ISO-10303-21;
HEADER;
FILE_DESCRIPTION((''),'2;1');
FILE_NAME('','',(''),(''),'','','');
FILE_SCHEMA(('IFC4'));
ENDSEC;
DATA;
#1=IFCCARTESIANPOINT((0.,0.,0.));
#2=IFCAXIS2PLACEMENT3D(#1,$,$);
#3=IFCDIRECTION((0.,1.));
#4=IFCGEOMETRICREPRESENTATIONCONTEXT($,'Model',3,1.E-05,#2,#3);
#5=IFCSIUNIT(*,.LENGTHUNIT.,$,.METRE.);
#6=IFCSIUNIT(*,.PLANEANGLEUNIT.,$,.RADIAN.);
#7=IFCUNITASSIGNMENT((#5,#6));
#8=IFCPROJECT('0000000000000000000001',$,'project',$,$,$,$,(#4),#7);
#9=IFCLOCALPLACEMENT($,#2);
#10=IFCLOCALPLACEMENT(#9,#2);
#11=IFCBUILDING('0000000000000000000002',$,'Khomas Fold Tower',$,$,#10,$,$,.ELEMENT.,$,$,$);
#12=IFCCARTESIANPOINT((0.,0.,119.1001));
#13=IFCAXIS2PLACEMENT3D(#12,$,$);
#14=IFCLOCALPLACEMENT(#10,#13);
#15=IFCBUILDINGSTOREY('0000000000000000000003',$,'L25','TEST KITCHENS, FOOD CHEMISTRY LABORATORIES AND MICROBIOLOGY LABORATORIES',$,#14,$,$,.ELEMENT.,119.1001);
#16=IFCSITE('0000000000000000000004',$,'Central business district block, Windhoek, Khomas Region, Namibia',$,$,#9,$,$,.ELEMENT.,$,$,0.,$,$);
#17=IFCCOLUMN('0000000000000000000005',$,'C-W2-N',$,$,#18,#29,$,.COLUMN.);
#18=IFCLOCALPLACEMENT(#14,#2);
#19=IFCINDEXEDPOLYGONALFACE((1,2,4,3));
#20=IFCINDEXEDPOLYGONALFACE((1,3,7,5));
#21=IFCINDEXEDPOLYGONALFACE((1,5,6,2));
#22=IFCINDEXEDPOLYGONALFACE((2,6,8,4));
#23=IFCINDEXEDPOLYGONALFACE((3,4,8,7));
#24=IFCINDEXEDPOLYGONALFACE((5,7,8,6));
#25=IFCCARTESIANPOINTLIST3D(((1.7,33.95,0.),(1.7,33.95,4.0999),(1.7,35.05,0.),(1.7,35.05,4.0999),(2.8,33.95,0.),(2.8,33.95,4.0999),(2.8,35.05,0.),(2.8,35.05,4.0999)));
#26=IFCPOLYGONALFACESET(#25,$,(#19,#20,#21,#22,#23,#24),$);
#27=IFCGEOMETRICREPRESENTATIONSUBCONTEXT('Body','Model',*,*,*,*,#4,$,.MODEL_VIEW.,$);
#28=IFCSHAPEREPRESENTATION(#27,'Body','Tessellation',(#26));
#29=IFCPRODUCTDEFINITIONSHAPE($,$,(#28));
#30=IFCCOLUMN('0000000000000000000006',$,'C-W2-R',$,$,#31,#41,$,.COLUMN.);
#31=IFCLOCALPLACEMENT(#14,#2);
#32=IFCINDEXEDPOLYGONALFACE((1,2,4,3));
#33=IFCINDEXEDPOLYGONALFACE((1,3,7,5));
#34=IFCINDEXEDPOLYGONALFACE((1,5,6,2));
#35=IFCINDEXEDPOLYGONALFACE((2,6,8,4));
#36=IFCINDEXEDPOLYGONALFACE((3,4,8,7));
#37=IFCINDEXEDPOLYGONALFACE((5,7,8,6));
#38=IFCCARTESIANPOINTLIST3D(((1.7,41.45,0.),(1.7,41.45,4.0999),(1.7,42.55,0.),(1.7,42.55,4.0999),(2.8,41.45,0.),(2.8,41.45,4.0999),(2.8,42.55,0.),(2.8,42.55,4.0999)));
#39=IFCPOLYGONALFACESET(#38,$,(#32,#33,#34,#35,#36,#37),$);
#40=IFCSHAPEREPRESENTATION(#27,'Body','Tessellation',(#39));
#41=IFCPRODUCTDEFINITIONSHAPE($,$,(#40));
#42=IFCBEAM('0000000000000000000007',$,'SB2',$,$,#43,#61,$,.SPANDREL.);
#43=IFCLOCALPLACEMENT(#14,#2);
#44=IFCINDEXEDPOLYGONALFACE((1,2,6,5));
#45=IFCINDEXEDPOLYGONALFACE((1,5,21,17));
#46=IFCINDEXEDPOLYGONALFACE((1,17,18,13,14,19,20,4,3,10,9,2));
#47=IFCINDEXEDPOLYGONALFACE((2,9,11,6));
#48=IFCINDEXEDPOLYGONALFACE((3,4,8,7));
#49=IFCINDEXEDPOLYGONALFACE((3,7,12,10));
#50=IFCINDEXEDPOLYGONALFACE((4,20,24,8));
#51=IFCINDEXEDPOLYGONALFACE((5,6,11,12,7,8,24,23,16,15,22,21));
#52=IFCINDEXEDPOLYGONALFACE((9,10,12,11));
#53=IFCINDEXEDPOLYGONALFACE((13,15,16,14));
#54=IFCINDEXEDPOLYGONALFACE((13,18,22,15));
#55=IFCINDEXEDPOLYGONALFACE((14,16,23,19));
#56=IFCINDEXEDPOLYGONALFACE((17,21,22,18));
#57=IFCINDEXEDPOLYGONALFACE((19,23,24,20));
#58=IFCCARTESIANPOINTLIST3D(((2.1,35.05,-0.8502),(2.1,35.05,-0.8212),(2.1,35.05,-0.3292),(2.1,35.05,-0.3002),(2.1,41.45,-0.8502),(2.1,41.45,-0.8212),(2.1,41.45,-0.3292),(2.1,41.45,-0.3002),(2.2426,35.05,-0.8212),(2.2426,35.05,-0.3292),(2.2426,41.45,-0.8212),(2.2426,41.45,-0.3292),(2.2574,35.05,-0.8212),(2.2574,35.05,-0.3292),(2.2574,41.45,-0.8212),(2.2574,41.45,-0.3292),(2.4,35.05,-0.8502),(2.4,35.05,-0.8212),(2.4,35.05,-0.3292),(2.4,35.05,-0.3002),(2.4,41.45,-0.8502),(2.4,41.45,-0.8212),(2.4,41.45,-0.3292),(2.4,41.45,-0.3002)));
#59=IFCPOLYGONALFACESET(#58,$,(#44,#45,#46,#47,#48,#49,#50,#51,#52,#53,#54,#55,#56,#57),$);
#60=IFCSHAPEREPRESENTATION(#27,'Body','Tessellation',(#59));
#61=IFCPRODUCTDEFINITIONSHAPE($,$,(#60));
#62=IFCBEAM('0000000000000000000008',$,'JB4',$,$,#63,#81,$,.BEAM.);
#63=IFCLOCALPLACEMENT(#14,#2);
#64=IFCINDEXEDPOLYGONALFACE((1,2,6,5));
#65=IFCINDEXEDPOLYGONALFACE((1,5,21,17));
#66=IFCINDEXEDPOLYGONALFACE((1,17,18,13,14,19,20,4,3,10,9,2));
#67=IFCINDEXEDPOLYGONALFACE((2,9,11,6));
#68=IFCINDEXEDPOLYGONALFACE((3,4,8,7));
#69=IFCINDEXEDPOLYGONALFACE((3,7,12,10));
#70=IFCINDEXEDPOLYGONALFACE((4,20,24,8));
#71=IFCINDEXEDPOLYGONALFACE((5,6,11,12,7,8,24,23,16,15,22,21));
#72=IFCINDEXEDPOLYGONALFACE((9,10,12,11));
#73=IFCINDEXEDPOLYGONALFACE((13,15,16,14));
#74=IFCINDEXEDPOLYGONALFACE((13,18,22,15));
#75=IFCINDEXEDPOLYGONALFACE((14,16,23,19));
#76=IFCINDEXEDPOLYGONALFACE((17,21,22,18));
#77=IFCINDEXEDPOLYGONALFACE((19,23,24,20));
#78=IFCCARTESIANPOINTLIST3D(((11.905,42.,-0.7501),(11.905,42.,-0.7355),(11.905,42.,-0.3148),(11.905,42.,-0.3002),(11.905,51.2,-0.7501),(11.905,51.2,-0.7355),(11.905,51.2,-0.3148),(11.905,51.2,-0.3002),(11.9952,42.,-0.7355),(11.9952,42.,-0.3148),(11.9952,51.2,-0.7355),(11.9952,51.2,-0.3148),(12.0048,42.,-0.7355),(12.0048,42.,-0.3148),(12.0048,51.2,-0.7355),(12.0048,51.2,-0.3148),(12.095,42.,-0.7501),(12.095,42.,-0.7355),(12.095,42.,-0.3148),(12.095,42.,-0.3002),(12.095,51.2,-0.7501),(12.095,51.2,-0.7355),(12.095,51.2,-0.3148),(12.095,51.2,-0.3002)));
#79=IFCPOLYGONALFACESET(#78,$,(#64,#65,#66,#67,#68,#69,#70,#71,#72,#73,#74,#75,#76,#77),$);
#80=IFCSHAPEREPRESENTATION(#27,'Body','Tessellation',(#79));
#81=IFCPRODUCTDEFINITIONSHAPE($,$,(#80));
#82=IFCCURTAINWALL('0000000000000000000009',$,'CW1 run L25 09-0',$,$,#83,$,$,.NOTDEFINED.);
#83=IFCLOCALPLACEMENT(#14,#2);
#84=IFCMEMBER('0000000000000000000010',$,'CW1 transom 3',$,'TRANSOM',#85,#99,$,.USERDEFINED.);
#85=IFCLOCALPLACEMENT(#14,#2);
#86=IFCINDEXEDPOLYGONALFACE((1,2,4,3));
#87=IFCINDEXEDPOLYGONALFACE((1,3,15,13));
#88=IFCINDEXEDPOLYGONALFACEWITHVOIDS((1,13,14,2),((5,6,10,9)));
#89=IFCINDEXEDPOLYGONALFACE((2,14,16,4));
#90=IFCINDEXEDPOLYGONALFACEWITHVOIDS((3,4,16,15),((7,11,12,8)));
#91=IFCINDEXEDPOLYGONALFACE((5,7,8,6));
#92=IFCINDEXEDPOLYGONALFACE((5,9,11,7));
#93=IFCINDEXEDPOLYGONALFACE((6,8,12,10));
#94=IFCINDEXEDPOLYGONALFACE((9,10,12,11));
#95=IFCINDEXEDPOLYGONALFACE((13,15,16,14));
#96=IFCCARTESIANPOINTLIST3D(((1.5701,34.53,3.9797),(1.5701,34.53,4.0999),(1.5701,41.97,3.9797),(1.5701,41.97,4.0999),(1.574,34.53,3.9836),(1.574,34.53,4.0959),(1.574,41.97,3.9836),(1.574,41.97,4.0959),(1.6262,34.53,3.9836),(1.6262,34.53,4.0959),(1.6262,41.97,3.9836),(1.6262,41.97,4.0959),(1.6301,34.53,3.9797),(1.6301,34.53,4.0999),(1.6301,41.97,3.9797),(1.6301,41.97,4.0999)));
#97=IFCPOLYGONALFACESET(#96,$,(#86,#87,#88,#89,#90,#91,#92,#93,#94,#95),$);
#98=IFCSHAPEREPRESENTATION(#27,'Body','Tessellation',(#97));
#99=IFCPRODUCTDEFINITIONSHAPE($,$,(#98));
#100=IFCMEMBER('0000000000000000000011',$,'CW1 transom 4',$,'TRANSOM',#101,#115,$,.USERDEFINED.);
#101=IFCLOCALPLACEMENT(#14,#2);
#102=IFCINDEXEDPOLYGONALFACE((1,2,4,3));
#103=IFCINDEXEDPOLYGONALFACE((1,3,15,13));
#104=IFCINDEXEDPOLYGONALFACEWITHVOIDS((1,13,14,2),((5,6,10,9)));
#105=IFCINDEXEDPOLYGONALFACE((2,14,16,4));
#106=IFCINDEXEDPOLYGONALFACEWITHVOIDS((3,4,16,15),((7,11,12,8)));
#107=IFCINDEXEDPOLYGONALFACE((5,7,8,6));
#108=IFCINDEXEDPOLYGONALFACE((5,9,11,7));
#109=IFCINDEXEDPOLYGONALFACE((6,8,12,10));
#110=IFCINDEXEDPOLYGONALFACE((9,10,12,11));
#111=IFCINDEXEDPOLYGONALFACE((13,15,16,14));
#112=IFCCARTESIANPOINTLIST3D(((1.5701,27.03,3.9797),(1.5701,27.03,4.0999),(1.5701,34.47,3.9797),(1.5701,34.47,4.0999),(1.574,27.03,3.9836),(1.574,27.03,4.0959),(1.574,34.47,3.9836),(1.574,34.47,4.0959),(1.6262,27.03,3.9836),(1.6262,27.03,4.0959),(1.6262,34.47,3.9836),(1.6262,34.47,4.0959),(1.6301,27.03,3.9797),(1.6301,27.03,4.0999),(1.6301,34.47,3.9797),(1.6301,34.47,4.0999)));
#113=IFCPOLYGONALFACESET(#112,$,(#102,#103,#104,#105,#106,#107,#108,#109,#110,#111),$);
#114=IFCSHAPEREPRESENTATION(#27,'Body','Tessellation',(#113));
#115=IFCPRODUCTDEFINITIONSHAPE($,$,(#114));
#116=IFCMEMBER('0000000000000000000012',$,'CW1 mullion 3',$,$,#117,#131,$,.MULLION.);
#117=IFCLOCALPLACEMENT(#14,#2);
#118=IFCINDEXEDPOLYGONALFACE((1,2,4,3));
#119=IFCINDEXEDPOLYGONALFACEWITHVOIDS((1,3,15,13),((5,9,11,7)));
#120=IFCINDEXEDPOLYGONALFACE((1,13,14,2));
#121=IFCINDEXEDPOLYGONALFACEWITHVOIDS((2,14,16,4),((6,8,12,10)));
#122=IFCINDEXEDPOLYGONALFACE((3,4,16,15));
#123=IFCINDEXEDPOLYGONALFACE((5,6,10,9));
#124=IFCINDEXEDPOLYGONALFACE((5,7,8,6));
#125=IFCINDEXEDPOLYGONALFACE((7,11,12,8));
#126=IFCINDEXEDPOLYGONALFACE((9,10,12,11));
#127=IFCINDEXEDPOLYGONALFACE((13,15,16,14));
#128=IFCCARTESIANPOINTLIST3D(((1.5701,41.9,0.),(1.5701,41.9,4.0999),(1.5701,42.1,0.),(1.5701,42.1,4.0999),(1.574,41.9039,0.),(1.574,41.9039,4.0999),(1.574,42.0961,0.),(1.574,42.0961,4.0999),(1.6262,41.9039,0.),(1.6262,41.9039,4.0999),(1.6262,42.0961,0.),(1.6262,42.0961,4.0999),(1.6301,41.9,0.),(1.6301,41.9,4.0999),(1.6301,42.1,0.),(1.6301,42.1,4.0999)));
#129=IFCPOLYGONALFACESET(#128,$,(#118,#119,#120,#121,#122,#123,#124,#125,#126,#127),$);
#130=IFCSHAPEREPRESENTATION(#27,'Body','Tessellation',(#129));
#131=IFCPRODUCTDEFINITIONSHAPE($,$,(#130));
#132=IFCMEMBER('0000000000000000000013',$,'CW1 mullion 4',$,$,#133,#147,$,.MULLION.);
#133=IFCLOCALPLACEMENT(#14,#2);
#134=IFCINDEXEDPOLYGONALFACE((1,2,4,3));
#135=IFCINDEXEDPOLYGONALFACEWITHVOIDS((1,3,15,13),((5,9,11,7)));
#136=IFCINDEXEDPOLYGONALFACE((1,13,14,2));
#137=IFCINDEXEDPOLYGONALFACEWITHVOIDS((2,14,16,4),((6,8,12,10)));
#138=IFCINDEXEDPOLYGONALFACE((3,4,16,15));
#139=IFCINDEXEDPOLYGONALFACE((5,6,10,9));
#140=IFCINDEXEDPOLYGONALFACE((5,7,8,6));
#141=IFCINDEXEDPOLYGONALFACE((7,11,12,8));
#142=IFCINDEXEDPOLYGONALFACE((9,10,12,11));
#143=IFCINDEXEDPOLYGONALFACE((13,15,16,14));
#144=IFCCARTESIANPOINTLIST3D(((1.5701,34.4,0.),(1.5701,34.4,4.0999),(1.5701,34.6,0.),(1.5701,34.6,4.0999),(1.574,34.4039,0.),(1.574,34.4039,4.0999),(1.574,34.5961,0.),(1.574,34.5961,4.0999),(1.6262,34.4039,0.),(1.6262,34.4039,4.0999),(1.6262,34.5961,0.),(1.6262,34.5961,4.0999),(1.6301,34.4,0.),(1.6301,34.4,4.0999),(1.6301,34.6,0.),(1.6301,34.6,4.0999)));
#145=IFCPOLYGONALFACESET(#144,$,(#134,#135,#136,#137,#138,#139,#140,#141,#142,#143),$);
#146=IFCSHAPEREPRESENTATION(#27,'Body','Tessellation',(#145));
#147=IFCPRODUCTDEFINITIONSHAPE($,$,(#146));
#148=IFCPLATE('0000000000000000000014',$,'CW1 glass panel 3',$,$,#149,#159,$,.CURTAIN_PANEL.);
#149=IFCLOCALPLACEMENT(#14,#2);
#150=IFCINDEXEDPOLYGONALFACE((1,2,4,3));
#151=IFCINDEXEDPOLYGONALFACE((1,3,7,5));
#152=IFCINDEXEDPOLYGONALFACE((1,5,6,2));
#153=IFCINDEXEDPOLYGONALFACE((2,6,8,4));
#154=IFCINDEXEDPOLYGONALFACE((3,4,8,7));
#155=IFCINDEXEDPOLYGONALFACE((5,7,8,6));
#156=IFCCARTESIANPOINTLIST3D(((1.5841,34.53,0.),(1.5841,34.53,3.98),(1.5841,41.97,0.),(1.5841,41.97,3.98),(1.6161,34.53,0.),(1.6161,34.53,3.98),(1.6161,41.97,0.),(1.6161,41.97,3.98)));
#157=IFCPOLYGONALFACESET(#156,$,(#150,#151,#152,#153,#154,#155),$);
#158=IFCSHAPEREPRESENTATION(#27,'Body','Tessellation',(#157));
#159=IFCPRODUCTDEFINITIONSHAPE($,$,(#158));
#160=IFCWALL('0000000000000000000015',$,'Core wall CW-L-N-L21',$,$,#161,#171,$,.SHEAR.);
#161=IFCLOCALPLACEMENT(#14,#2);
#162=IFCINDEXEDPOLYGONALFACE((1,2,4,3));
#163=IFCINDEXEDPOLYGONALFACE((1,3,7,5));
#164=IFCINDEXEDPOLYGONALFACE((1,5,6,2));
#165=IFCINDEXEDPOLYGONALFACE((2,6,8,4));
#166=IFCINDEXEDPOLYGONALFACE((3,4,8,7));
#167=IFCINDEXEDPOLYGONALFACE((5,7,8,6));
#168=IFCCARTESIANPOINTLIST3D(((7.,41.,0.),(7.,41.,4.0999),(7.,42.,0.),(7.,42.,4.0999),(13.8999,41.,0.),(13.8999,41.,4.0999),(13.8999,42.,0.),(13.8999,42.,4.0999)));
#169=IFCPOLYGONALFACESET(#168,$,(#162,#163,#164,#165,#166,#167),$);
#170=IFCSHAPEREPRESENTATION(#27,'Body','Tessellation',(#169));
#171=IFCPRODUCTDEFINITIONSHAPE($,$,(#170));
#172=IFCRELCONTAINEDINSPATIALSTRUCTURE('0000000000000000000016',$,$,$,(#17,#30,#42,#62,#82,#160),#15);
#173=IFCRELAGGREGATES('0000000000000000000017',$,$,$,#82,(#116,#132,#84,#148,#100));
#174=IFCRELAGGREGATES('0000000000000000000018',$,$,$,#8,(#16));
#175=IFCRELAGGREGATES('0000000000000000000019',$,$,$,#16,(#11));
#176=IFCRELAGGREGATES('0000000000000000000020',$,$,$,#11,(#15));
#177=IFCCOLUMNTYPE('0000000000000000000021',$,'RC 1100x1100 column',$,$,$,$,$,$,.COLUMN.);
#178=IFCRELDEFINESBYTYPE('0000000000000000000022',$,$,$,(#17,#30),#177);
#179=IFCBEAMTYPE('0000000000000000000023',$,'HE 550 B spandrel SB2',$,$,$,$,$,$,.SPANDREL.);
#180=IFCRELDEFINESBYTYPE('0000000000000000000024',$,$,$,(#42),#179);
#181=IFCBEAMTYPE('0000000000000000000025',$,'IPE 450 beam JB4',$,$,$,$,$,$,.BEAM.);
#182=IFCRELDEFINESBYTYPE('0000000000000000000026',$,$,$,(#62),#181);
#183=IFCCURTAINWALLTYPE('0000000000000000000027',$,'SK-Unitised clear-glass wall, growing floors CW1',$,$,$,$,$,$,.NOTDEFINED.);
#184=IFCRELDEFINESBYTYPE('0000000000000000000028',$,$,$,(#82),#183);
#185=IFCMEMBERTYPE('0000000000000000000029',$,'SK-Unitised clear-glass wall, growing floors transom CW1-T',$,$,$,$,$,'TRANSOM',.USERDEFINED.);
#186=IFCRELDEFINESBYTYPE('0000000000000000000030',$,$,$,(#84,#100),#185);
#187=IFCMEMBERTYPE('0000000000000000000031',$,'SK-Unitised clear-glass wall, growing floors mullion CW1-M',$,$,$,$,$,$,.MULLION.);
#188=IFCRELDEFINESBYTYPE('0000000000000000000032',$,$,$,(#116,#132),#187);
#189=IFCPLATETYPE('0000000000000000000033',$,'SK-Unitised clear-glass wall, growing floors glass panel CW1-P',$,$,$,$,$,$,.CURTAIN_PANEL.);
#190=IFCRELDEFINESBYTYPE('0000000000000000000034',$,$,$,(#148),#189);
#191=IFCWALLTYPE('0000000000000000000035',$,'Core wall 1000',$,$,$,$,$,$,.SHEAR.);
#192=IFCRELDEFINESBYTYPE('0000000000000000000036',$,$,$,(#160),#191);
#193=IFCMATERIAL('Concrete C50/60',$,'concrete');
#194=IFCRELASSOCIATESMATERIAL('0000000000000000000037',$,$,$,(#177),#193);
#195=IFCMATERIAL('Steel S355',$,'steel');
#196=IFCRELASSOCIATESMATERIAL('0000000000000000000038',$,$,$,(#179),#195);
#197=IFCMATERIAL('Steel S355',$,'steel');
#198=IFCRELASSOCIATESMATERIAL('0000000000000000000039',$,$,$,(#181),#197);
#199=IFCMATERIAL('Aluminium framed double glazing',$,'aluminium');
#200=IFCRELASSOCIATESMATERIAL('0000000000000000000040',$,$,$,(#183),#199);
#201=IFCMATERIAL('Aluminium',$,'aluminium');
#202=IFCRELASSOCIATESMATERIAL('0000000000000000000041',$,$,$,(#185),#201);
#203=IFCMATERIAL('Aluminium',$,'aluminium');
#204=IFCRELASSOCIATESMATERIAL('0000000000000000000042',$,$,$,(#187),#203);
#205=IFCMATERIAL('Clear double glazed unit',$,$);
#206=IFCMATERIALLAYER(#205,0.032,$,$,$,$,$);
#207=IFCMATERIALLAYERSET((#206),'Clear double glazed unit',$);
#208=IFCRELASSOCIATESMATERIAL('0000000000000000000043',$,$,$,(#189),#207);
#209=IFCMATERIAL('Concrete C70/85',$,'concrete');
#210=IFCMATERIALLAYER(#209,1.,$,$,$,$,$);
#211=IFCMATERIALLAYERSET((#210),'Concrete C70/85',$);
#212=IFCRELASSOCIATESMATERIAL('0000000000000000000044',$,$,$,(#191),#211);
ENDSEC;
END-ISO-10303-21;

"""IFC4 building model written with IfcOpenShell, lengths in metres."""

from ifc_helpers import new_model, si_unit, direction, frame, frame_2d, origin, origin_2d, place, context, subcontext, project, spatial, rectangle, hollow_rectangle, i_section, extrude, source, transform, mapped, material, layer, layer_set, material_profile, profile_set, type_object, element, aggregate, save


model = new_model("IFC4")

# Units and contexts
model_context = context("Model", 3, precision=1e-05, world=origin(), true_north=direction((0.0, 1.0)))
body_context = subcontext(model_context, "Body", "Model", "MODEL_VIEW")
ifc_project = project(units=[si_unit("LENGTHUNIT", "METRE"), si_unit("PLANEANGLEUNIT", "RADIAN")], contexts=[model_context])

# Site, building, storey
site_placement = place(None, origin())
site = spatial("IfcSite", under=ifc_project, at=site_placement, Name="Central business district block, Windhoek, Khomas Region, Namibia", CompositionType="ELEMENT", RefElevation=0.0)
building_placement = place(site_placement, origin())
building = spatial("IfcBuilding", under=site, at=building_placement, Name="Khomas Fold Tower", CompositionType="ELEMENT")
storey_placement = place(building_placement, frame((0.0, 0.0, 119.1001)))
storey = spatial("IfcBuildingStorey", under=building, at=storey_placement, Name="L25", Description="TEST KITCHENS, FOOD CHEMISTRY LABORATORIES AND MICROBIOLOGY LABORATORIES", CompositionType="ELEMENT", Elevation=119.1001)

# Columns
ifc_material_1 = material(Name="Concrete C50/60", Category="concrete")
ifc_material_profile_1 = material_profile(ifc_material_1, rectangle(XDim=1.1001, YDim=1.1001, at=origin_2d()), Name="RC 1100x1100")
ifc_profile_set_1 = profile_set([ifc_material_profile_1], Name="Concrete C50/60")
column_type = type_object("IfcColumnType", Name="RC 1100x1100 column", PredefinedType="COLUMN", material=ifc_profile_set_1)
shared_shape_1 = source(origin(), body_context, "Body", "SweptSolid", [
    extrude(rectangle(XDim=1.1001, YDim=1.1001, at=origin_2d()), origin(), (0.0, 0.0, 1.0), 4.0999),
])
for number, where, z_axis, x_axis, name in (
    (1, (2.25, 34.5, 0.0), (0.0, 0.0, 1.0), (1.0, 0.0, 0.0), "C-W2-N"),
    (2, (2.25, 42.0, 0.0), (0.0, 0.0, 1.0), (1.0, 0.0, 0.0), "C-W2-R"),
):
    element("IfcColumn", number, at=place(storey_placement, frame(where, z_axis=z_axis, x_axis=x_axis)), inside=storey, type_object=column_type, Name=name, PredefinedType="COLUMN", context=body_context, shape_type="MappedRepresentation", body=[
        mapped(shared_shape_1, transform((0.0, 0.0, 0.0))),
    ])

# Beams
ifc_material_2 = material(Name="Steel S355", Category="steel")
ifc_material_profile_2 = material_profile(ifc_material_2, i_section(OverallWidth=0.3, OverallDepth=0.55, WebThickness=0.0149, FlangeThickness=0.0291, at=origin_2d()), Name="HE 550 B")
ifc_profile_set_2 = profile_set([ifc_material_profile_2], Name="Steel S355")
beam_type_1 = type_object("IfcBeamType", Name="HE 550 B spandrel SB2", PredefinedType="SPANDREL", material=ifc_profile_set_2)
shared_shape_2 = source(origin(), body_context, "Body", "SweptSolid", [
    extrude(i_section(OverallWidth=0.3, OverallDepth=0.55, WebThickness=0.0149, FlangeThickness=0.0291, at=origin_2d()), origin(), (0.0, 0.0, 1.0), 6.3999),
])
beam_1_placement = place(storey_placement, frame((2.25, 35.05, -0.5752), z_axis=(0.0, 1.0, 0.0), x_axis=(-1.0, 0.0, 0.0)))
element("IfcBeam", 3, at=beam_1_placement, inside=storey, type_object=beam_type_1, Name="SB2", PredefinedType="SPANDREL", context=body_context, shape_type="MappedRepresentation", body=[
    mapped(shared_shape_2, transform((0.0, 0.0, 0.0))),
])
ifc_material_3 = material(Name="Steel S355", Category="steel")
ifc_material_profile_3 = material_profile(ifc_material_3, i_section(OverallWidth=0.1899, OverallDepth=0.45, WebThickness=0.0095, FlangeThickness=0.0146, at=origin_2d()), Name="IPE 450")
ifc_profile_set_3 = profile_set([ifc_material_profile_3], Name="Steel S355")
beam_type_2 = type_object("IfcBeamType", Name="IPE 450 beam JB4", PredefinedType="BEAM", material=ifc_profile_set_3)
shared_shape_3 = source(origin(), body_context, "Body", "SweptSolid", [
    extrude(i_section(OverallWidth=0.1899, OverallDepth=0.45, WebThickness=0.0095, FlangeThickness=0.0146, at=origin_2d()), origin(), (0.0, 0.0, 1.0), 9.2),
])
beam_2_placement = place(storey_placement, frame((12.0, 42.0, -0.5251), z_axis=(0.0, 1.0, 0.0), x_axis=(-1.0, 0.0, 0.0)))
element("IfcBeam", 4, at=beam_2_placement, inside=storey, type_object=beam_type_2, Name="JB4", PredefinedType="BEAM", context=body_context, shape_type="MappedRepresentation", body=[
    mapped(shared_shape_3, transform((0.0, 0.0, 0.0))),
])

# Curtain wall, members, plate
ifc_material_4 = material(Name="Aluminium framed double glazing", Category="aluminium")
curtain_wall_type = type_object("IfcCurtainWallType", Name="SK-Unitised clear-glass wall, growing floors CW1", PredefinedType="NOTDEFINED", material=ifc_material_4)
curtain_wall_placement = place(storey_placement, origin())
curtain_wall = element("IfcCurtainWall", 5, at=curtain_wall_placement, inside=storey, type_object=curtain_wall_type, Name="CW1 run L25 09-0", PredefinedType="NOTDEFINED")
ifc_material_5 = material(Name="Aluminium", Category="aluminium")
ifc_material_profile_4 = material_profile(ifc_material_5, hollow_rectangle(XDim=0.0601, YDim=0.1201, WallThickness=0.0039, at=origin_2d()), Name="SK-Unitised clear-glass wall, growing floors transom CW1-T")
ifc_profile_set_4 = profile_set([ifc_material_profile_4], Name="Aluminium")
member_type_1 = type_object("IfcMemberType", Name="SK-Unitised clear-glass wall, growing floors transom CW1-T", ElementType="TRANSOM", PredefinedType="USERDEFINED", material=ifc_profile_set_4)
shared_shape_4 = source(origin(), body_context, "Body", "SweptSolid", [
    extrude(hollow_rectangle(XDim=0.0601, YDim=0.1201, WallThickness=0.0039, at=origin_2d()), origin(), (0.0, 0.0, 1.0), 7.4399),
])
member_1_placement = place(storey_placement, frame((1.6001, 41.97, 4.0398), z_axis=(0.0, -1.0, 0.0), x_axis=(1.0, 0.0, 0.0)))
member_1 = element("IfcMember", 6, at=member_1_placement, type_object=member_type_1, Name="CW1 transom 3", ObjectType="TRANSOM", PredefinedType="USERDEFINED", context=body_context, shape_type="MappedRepresentation", body=[
    mapped(shared_shape_4, transform((0.0, 0.0, 0.0))),
])
member_2_placement = place(storey_placement, frame((1.6001, 34.47, 4.0398), z_axis=(0.0, -1.0, 0.0), x_axis=(1.0, 0.0, 0.0)))
member_2 = element("IfcMember", 7, at=member_2_placement, type_object=member_type_1, Name="CW1 transom 4", ObjectType="TRANSOM", PredefinedType="USERDEFINED", context=body_context, shape_type="MappedRepresentation", body=[
    mapped(shared_shape_4, transform((0.0, 0.0, 0.0))),
])
ifc_material_6 = material(Name="Aluminium", Category="aluminium")
ifc_material_profile_5 = material_profile(ifc_material_6, hollow_rectangle(XDim=0.0601, YDim=0.2, WallThickness=0.0039, at=origin_2d()), Name="SK-Unitised clear-glass wall, growing floors mullion CW1-M")
ifc_profile_set_5 = profile_set([ifc_material_profile_5], Name="Aluminium")
member_type_2 = type_object("IfcMemberType", Name="SK-Unitised clear-glass wall, growing floors mullion CW1-M", PredefinedType="MULLION", material=ifc_profile_set_5)
shared_shape_5 = source(origin(), body_context, "Body", "SweptSolid", [
    extrude(hollow_rectangle(XDim=0.0601, YDim=0.2, WallThickness=0.0039, at=origin_2d()), origin(), (0.0, 0.0, 1.0), 4.0999),
])
member_3_placement = place(storey_placement, frame((1.6001, 42.0, 0.0), z_axis=(0.0, 0.0, 1.0), x_axis=(1.0, 0.0, 0.0)))
member_3 = element("IfcMember", 8, at=member_3_placement, type_object=member_type_2, Name="CW1 mullion 3", PredefinedType="MULLION", context=body_context, shape_type="MappedRepresentation", body=[
    mapped(shared_shape_5, transform((0.0, 0.0, 0.0))),
])
member_4_placement = place(storey_placement, frame((1.6001, 34.5, 0.0), z_axis=(0.0, 0.0, 1.0), x_axis=(1.0, 0.0, 0.0)))
member_4 = element("IfcMember", 9, at=member_4_placement, type_object=member_type_2, Name="CW1 mullion 4", PredefinedType="MULLION", context=body_context, shape_type="MappedRepresentation", body=[
    mapped(shared_shape_5, transform((0.0, 0.0, 0.0))),
])
ifc_material_7 = material(Name="Clear double glazed unit")
ifc_layer_1 = layer(ifc_material_7, 0.032)
ifc_layer_set_1 = layer_set([ifc_layer_1], Name="Clear double glazed unit")
plate_type = type_object("IfcPlateType", Name="SK-Unitised clear-glass wall, growing floors glass panel CW1-P", PredefinedType="CURTAIN_PANEL", material=ifc_layer_set_1)
shared_shape_6 = source(origin(), body_context, "Body", "SweptSolid", [
    extrude(rectangle(XDim=7.4399, YDim=0.032, at=origin_2d()), origin(), (0.0, 0.0, 1.0), 3.98),
])
plate_placement = place(storey_placement, frame((1.6001, 38.25, 0.0), z_axis=(0.0, 0.0, 1.0), x_axis=(0.0, -1.0, 0.0)))
plate = element("IfcPlate", 10, at=plate_placement, type_object=plate_type, Name="CW1 glass panel 3", PredefinedType="CURTAIN_PANEL", context=body_context, shape_type="MappedRepresentation", body=[
    mapped(shared_shape_6, transform((0.0, 0.0, 0.0))),
])
aggregate(curtain_wall, [member_3, member_4, member_1, plate, member_2])

# Wall
ifc_material_8 = material(Name="Concrete C70/85", Category="concrete")
ifc_layer_2 = layer(ifc_material_8, 1.0)
ifc_layer_set_2 = layer_set([ifc_layer_2], Name="Concrete C70/85")
wall_type_1 = type_object("IfcWallType", Name="Core wall 1000", PredefinedType="SHEAR", material=ifc_layer_set_2)
shared_shape_7 = source(origin(), body_context, "Body", "SweptSolid", [
    extrude(rectangle(XDim=6.8999, YDim=1.0, at=frame_2d((3.45, 0.0))), origin(), (0.0, 0.0, 1.0), 4.0999),
])
wall_1_placement = place(storey_placement, frame((7.0, 41.5, 0.0), z_axis=(0.0, 0.0, 1.0), x_axis=(1.0, 0.0, 0.0)))
element("IfcWall", 11, at=wall_1_placement, inside=storey, type_object=wall_type_1, Name="Core wall CW-L-N-L21", PredefinedType="SHEAR", context=body_context, shape_type="MappedRepresentation", body=[
    mapped(shared_shape_7, transform((0.0, 0.0, 0.0))),
])

save(model, "model.ifc")
